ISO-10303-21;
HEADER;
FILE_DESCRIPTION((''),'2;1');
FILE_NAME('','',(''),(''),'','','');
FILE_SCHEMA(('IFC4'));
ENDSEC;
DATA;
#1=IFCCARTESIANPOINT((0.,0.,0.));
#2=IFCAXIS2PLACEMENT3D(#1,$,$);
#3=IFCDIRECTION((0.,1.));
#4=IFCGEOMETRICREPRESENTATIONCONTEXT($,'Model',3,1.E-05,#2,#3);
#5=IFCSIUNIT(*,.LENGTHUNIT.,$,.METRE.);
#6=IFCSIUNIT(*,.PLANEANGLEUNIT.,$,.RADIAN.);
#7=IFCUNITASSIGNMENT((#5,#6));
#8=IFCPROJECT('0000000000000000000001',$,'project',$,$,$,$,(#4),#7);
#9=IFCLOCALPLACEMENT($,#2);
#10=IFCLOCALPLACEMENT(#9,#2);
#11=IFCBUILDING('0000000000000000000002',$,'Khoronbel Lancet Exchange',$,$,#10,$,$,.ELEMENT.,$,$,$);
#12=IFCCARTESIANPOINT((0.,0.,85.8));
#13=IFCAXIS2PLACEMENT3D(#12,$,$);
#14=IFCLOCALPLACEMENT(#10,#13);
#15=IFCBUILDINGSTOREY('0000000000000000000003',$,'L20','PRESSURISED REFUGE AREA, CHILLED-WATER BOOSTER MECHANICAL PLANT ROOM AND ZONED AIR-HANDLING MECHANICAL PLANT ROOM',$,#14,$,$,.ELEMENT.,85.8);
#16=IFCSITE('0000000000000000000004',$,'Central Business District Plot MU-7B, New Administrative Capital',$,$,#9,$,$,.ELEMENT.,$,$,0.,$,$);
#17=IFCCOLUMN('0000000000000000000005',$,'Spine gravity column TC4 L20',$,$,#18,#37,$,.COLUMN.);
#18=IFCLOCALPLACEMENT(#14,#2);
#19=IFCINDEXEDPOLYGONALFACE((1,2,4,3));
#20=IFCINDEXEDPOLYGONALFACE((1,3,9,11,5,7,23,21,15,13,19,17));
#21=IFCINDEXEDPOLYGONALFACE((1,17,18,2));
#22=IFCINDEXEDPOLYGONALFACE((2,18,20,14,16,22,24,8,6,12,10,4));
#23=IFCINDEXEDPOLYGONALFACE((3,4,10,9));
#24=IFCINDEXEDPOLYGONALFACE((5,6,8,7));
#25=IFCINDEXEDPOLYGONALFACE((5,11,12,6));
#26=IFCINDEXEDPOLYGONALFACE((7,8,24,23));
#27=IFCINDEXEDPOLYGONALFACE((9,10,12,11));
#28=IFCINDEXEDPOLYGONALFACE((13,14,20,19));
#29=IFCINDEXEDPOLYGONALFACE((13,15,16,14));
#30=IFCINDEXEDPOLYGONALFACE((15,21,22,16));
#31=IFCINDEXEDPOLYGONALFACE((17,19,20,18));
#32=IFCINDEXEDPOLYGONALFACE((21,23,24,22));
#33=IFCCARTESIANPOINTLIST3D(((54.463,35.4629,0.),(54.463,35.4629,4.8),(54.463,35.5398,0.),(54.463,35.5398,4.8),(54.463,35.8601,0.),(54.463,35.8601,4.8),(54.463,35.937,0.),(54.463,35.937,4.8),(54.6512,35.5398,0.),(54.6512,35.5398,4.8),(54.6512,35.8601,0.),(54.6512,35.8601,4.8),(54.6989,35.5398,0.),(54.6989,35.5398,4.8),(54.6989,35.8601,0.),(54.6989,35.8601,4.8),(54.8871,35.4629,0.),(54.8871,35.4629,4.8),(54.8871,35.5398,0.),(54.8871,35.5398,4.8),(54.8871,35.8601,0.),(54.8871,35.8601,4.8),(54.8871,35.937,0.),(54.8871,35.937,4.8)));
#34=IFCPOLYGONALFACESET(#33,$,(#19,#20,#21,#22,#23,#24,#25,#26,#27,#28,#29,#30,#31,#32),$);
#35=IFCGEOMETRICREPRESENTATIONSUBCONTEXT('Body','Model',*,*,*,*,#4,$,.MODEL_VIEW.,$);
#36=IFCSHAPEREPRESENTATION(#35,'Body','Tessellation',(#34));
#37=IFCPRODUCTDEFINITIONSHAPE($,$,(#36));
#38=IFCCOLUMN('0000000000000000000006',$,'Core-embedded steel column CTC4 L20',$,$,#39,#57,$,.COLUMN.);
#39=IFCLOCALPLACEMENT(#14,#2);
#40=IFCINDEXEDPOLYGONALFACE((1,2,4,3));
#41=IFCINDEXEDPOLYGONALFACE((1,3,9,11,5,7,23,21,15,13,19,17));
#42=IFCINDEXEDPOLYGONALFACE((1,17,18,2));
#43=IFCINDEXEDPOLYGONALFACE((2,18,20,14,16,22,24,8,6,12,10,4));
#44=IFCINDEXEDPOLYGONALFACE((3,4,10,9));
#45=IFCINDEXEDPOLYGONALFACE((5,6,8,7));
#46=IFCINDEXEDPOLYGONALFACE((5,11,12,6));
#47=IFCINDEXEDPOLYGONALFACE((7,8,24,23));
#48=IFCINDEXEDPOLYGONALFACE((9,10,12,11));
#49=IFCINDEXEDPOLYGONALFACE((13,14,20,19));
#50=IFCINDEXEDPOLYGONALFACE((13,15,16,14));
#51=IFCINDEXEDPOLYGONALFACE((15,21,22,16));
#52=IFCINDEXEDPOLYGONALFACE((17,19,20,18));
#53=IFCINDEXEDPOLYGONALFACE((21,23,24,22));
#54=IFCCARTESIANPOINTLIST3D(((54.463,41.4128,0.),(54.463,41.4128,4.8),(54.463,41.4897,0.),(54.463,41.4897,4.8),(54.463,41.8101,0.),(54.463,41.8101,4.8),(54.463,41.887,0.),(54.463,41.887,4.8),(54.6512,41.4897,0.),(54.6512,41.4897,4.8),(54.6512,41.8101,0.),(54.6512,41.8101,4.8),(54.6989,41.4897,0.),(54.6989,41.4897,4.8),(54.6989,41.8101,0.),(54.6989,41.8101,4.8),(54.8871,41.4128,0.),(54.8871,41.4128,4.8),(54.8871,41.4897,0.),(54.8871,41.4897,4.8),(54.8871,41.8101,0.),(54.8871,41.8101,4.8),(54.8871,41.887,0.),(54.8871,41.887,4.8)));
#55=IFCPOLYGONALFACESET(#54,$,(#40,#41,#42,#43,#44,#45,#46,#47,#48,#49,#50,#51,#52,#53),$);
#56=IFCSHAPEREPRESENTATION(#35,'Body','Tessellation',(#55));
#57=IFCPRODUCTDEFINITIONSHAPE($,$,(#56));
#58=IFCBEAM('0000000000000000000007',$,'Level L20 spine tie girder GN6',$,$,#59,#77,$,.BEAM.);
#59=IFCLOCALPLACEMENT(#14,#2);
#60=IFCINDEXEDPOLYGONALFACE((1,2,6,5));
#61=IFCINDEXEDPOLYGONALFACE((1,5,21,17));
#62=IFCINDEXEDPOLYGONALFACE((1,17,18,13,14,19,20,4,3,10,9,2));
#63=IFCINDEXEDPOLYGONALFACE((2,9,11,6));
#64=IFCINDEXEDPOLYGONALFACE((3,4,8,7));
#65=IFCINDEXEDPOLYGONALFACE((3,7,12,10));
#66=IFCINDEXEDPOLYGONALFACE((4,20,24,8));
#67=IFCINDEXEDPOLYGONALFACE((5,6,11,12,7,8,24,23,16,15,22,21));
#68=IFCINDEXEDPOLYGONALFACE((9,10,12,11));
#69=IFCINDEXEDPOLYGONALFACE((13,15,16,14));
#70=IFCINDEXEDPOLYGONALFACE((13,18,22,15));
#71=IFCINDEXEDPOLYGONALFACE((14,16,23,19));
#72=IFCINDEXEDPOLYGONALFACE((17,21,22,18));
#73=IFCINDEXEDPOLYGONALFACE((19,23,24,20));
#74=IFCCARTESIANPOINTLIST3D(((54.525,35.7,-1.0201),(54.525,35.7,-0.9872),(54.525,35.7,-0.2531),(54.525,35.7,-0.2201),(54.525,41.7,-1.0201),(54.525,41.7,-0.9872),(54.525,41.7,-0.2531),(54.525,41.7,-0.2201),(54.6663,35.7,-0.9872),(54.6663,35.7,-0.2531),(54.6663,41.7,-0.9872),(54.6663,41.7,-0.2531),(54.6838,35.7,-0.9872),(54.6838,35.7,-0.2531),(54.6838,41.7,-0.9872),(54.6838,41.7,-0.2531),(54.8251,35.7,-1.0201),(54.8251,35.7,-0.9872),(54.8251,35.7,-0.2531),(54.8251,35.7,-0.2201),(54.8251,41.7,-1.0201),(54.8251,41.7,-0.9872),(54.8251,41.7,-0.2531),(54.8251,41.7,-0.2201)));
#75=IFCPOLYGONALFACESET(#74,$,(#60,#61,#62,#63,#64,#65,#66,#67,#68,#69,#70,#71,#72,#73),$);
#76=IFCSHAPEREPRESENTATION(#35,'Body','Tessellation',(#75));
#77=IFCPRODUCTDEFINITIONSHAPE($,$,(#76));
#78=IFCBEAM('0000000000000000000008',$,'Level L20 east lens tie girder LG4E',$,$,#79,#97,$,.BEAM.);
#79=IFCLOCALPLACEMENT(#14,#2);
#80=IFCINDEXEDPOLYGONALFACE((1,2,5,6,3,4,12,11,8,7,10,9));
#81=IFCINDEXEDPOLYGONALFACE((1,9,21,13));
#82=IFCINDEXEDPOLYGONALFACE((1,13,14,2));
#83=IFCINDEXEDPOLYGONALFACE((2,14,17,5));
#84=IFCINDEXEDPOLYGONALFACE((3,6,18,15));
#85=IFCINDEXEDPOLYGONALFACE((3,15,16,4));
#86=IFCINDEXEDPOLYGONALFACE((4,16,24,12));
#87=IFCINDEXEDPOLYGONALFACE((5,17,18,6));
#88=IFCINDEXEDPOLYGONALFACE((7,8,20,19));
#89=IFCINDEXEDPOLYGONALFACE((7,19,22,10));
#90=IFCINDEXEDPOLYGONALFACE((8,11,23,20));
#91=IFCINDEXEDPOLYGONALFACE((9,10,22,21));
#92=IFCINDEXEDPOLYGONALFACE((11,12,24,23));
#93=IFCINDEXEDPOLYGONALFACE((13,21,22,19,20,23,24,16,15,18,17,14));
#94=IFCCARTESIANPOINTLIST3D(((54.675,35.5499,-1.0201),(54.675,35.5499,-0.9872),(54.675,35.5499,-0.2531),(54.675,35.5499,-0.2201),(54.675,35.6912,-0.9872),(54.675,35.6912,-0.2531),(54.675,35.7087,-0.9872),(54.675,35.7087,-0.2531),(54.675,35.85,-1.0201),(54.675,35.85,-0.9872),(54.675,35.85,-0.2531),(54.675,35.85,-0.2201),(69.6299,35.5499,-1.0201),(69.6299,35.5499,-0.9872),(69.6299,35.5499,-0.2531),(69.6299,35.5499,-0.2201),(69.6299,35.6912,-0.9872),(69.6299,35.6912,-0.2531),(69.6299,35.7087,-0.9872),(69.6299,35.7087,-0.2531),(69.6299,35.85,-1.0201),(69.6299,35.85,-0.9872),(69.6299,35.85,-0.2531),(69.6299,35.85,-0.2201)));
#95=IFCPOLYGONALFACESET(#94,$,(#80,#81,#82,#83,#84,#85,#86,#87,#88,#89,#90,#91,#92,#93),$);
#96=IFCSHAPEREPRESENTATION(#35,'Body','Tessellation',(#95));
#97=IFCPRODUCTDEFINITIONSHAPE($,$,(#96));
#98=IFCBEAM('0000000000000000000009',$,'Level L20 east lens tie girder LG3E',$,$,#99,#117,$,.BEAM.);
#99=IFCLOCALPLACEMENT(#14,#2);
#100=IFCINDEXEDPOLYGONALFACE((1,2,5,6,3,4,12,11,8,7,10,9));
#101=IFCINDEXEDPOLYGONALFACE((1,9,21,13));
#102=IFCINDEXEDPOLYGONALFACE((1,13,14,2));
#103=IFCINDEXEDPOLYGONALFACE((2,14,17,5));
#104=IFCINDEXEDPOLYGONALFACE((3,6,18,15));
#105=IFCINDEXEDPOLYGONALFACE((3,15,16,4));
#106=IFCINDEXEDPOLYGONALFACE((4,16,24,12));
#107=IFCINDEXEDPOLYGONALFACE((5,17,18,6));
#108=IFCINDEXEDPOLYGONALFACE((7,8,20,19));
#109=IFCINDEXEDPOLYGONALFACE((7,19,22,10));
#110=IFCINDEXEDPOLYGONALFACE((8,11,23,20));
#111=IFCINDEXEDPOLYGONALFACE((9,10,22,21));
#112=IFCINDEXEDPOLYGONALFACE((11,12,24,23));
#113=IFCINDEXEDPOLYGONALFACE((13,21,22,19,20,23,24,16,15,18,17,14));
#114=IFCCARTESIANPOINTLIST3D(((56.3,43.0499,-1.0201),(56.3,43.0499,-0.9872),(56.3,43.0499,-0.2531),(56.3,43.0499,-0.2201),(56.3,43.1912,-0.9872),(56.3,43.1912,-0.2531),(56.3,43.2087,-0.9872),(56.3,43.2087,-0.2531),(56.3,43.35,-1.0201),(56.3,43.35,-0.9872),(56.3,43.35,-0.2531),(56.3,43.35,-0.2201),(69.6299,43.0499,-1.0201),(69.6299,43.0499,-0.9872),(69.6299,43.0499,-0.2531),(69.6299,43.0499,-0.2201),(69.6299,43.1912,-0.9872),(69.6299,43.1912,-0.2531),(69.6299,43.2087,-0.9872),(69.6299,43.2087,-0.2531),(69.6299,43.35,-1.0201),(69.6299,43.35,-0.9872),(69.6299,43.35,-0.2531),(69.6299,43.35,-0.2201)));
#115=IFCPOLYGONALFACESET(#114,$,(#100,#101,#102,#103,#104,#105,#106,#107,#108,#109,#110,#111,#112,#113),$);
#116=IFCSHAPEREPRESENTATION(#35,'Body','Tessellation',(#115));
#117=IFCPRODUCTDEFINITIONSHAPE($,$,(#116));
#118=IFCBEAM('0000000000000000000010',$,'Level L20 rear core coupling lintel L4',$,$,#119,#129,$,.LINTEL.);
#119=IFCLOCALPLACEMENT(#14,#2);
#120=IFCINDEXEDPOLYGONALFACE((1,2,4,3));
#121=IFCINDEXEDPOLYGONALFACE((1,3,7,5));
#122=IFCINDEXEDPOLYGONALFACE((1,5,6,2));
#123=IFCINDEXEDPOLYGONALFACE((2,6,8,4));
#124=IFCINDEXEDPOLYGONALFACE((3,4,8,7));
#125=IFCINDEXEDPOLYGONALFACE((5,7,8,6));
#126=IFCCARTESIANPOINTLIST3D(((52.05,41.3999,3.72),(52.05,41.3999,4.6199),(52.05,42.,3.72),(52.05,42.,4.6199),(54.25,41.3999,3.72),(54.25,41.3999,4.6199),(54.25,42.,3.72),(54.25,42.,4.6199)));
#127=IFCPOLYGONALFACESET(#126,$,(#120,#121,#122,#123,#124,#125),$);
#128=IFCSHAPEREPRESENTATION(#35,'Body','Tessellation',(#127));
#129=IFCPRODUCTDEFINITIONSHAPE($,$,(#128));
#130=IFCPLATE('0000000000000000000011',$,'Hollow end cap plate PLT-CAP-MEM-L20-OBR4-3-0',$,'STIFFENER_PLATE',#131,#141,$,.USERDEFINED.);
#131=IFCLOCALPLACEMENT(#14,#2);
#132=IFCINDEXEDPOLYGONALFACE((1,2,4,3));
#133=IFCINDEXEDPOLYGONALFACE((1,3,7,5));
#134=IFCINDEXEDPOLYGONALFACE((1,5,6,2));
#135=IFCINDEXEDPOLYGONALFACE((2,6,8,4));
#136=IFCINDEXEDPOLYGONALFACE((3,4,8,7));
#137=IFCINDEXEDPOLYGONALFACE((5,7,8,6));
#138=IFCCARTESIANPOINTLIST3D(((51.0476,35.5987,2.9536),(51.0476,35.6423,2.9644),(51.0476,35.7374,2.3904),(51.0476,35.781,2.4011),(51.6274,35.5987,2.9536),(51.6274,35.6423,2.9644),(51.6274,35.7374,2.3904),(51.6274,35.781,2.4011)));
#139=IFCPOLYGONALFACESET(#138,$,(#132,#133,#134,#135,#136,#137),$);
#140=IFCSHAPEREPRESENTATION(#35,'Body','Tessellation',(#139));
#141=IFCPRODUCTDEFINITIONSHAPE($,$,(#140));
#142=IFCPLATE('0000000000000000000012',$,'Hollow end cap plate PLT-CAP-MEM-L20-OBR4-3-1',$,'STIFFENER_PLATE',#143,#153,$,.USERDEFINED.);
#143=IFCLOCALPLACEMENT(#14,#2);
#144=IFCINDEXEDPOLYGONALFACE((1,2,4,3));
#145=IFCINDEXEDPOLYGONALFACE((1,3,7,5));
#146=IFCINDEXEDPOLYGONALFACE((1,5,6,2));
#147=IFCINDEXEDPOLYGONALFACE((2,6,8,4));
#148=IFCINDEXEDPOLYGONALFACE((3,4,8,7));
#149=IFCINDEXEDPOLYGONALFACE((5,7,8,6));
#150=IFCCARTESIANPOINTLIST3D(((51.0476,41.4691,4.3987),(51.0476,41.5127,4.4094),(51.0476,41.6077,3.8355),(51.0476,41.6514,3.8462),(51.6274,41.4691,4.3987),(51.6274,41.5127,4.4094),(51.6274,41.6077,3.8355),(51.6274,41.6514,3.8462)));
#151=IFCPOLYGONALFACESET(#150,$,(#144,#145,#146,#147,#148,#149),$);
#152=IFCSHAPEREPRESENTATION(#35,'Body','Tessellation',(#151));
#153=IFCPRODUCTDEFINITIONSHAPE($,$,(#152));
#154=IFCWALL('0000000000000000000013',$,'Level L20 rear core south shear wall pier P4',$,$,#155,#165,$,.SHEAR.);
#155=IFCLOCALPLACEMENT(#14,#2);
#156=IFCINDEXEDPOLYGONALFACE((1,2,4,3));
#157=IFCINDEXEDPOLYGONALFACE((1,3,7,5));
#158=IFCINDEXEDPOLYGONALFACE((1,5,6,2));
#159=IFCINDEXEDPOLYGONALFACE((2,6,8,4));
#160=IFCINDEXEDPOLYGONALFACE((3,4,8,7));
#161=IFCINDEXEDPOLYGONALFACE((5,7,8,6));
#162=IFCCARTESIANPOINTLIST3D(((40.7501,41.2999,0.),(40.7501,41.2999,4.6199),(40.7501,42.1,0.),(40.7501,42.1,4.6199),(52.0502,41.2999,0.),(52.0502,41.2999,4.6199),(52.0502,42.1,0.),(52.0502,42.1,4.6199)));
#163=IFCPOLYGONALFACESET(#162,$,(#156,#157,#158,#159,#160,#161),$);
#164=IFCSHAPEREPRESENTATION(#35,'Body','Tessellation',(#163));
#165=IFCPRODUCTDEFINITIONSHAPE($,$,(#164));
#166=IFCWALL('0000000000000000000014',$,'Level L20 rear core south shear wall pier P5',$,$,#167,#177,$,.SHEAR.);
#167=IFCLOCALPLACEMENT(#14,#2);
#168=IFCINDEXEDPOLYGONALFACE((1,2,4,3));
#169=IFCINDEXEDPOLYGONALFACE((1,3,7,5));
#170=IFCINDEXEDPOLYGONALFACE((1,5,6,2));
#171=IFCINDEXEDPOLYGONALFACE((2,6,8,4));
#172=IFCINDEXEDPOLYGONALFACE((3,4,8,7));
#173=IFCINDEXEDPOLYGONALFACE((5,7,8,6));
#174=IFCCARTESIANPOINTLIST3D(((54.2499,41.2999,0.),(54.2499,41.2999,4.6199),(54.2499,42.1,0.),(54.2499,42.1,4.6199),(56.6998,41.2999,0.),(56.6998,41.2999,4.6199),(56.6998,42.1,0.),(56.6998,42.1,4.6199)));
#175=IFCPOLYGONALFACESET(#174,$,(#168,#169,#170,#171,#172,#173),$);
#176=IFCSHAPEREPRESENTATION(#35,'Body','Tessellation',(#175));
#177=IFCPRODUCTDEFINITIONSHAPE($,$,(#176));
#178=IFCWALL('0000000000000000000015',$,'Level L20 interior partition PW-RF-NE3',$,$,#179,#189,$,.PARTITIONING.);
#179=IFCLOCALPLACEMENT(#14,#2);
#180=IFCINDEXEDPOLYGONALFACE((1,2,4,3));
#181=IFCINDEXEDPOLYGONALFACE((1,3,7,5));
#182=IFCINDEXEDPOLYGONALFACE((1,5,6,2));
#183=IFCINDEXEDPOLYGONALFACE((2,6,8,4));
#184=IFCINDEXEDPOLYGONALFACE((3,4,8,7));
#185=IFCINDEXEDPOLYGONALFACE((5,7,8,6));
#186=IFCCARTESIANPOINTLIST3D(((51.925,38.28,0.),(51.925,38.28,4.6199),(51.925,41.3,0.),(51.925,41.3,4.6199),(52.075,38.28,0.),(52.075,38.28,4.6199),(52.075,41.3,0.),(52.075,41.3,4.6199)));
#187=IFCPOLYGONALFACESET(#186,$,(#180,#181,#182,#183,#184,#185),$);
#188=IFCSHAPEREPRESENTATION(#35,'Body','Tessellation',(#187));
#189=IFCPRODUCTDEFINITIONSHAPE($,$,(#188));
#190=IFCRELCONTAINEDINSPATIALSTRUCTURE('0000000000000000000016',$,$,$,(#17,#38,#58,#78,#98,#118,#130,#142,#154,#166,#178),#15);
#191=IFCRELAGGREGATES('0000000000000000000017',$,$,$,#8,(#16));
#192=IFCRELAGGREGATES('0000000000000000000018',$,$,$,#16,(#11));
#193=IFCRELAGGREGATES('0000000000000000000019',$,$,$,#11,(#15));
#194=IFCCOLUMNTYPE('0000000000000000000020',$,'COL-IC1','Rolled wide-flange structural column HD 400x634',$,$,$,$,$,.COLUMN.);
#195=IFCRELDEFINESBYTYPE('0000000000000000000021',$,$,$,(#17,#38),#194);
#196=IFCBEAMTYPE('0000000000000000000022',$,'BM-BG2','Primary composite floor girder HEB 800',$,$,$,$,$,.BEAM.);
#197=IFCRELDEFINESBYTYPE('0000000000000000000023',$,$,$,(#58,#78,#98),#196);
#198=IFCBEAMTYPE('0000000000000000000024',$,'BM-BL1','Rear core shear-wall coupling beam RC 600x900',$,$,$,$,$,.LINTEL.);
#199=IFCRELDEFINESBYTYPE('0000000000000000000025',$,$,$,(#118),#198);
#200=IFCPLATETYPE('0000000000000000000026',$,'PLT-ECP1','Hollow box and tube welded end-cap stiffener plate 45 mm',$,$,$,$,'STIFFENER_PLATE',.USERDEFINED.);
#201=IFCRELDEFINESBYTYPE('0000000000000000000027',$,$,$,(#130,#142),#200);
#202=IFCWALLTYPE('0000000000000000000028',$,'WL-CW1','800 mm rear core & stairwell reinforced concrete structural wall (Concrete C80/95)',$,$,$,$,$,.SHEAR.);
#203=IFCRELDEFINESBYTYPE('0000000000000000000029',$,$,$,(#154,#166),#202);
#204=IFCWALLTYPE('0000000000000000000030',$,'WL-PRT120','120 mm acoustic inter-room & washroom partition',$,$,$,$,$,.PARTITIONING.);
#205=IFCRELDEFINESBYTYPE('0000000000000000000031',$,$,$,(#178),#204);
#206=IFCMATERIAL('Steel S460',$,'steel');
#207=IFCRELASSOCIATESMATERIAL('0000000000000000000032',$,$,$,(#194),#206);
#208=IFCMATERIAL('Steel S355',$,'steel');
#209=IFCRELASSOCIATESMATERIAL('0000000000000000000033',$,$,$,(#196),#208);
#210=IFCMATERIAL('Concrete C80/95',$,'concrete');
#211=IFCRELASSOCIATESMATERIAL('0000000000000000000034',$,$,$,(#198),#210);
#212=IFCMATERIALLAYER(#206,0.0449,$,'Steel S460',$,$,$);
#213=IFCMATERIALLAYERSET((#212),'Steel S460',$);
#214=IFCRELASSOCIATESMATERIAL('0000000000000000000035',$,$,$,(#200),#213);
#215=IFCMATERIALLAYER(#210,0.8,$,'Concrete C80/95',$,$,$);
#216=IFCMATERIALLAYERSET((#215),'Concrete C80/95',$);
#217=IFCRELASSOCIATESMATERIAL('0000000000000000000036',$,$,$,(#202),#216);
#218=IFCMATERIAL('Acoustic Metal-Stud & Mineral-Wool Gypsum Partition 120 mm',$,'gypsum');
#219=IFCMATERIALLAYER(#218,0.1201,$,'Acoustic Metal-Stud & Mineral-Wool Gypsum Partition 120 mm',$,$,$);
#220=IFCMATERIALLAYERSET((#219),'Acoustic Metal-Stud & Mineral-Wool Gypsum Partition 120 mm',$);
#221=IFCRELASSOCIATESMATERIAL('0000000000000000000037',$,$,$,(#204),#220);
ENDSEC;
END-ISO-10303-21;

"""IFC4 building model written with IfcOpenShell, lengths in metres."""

from ifc_helpers import new_model, si_unit, direction, frame, frame_2d, origin, origin_2d, place, context, subcontext, project, spatial, polyline, rectangle, i_section, outline, extrude, material, layer, layer_set, material_profile, profile_set, type_object, element, save


model = new_model("IFC4")

# Units and contexts
model_context = context("Model", 3, precision=1e-05, world=origin(), true_north=direction((0.0, 1.0)))
body_context = subcontext(model_context, "Body", "Model", "MODEL_VIEW")
ifc_project = project(units=[si_unit("LENGTHUNIT", "METRE"), si_unit("PLANEANGLEUNIT", "RADIAN")], contexts=[model_context])

# Site, building, storey
site_placement = place(None, origin())
site = spatial("IfcSite", under=ifc_project, at=site_placement, Name="Central Business District Plot MU-7B, New Administrative Capital", CompositionType="ELEMENT", RefElevation=0.0)
building_placement = place(site_placement, origin())
building = spatial("IfcBuilding", under=site, at=building_placement, Name="Khoronbel Lancet Exchange", CompositionType="ELEMENT")
storey_placement = place(building_placement, frame((0.0, 0.0, 85.8)))
storey = spatial("IfcBuildingStorey", under=building, at=storey_placement, Name="L20", Description="PRESSURISED REFUGE AREA, CHILLED-WATER BOOSTER MECHANICAL PLANT ROOM AND ZONED AIR-HANDLING MECHANICAL PLANT ROOM", CompositionType="ELEMENT", Elevation=85.8)

# Columns
ifc_material_1 = material(Name="Steel S460", Category="steel")
ifc_material_profile_1 = material_profile(ifc_material_1, i_section(OverallWidth=0.4241, OverallDepth=0.4741, WebThickness=0.0476, FlangeThickness=0.0769, at=origin_2d()), Name="HD 400x634")
ifc_profile_set_1 = profile_set([ifc_material_profile_1], Name="Steel S460")
column_type = type_object("IfcColumnType", Name="COL-IC1", Description="Rolled wide-flange structural column HD 400x634", PredefinedType="COLUMN", material=ifc_profile_set_1)
for number, where, z_axis, x_axis, name in (
    (1, (54.675, 35.7, 0.0), (0.0, 0.0, 1.0), (1.0, 0.0, 0.0), "Spine gravity column TC4 L20"),
    (2, (54.675, 41.6499, 0.0), (0.0, 0.0, 1.0), (1.0, 0.0, 0.0), "Core-embedded steel column CTC4 L20"),
):
    element("IfcColumn", number, at=place(storey_placement, frame(where, z_axis=z_axis, x_axis=x_axis)), inside=storey, type_object=column_type, Name=name, PredefinedType="COLUMN", context=body_context, shape_type="SweptSolid", body=[
        extrude(i_section(OverallWidth=0.4241, OverallDepth=0.4741, WebThickness=0.0476, FlangeThickness=0.0769, at=origin_2d()), origin(), (0.0, 0.0, 1.0), 4.8),
    ])

# Beams
ifc_material_2 = material(Name="Steel S355", Category="steel")
ifc_material_profile_2 = material_profile(ifc_material_2, i_section(OverallWidth=0.3, OverallDepth=0.8, WebThickness=0.0176, FlangeThickness=0.033, at=origin_2d()), Name="HEB 800")
ifc_profile_set_2 = profile_set([ifc_material_profile_2], Name="Steel S355")
beam_type_1 = type_object("IfcBeamType", Name="BM-BG2", Description="Primary composite floor girder HEB 800", PredefinedType="BEAM", material=ifc_profile_set_2)
beam_1_placement = place(storey_placement, frame((54.675, 35.7, -0.6201), z_axis=(0.0, 1.0, 0.0), x_axis=(-1.0, 0.0, 0.0)))
element("IfcBeam", 3, at=beam_1_placement, inside=storey, type_object=beam_type_1, Name="Level L20 spine tie girder GN6", PredefinedType="BEAM", context=body_context, shape_type="SweptSolid", body=[
    extrude(i_section(OverallWidth=0.3, OverallDepth=0.8, WebThickness=0.0176, FlangeThickness=0.033, at=origin_2d()), origin(), (0.0, 0.0, 1.0), 6.0),
])
beam_2_placement = place(storey_placement, frame((54.675, 35.7, -0.6201), z_axis=(1.0, 0.0, 0.0), x_axis=(0.0, 1.0, 0.0)))
element("IfcBeam", 4, at=beam_2_placement, inside=storey, type_object=beam_type_1, Name="Level L20 east lens tie girder LG4E", PredefinedType="BEAM", context=body_context, shape_type="SweptSolid", body=[
    extrude(i_section(OverallWidth=0.3, OverallDepth=0.8, WebThickness=0.0176, FlangeThickness=0.033, at=origin_2d()), origin(), (0.0, 0.0, 1.0), 14.9548),
])
beam_3_placement = place(storey_placement, frame((56.3, 43.2, -0.6201), z_axis=(1.0, 0.0, 0.0), x_axis=(0.0, 1.0, 0.0)))
element("IfcBeam", 5, at=beam_3_placement, inside=storey, type_object=beam_type_1, Name="Level L20 east lens tie girder LG3E", PredefinedType="BEAM", context=body_context, shape_type="SweptSolid", body=[
    extrude(i_section(OverallWidth=0.3, OverallDepth=0.8, WebThickness=0.0176, FlangeThickness=0.033, at=origin_2d()), origin(), (0.0, 0.0, 1.0), 13.3298),
])
ifc_material_3 = material(Name="Concrete C80/95", Category="concrete")
ifc_material_profile_3 = material_profile(ifc_material_3, rectangle(XDim=0.6001, YDim=0.8999, at=origin_2d()), Name="RC 600x900")
ifc_profile_set_3 = profile_set([ifc_material_profile_3], Name="Concrete C80/95")
beam_type_2 = type_object("IfcBeamType", Name="BM-BL1", Description="Rear core shear-wall coupling beam RC 600x900", PredefinedType="LINTEL", material=ifc_profile_set_3)
beam_4_placement = place(storey_placement, frame((52.05, 41.7, 4.1699), z_axis=(1.0, 0.0, 0.0), x_axis=(0.0, 1.0, 0.0)))
element("IfcBeam", 6, at=beam_4_placement, inside=storey, type_object=beam_type_2, Name="Level L20 rear core coupling lintel L4", PredefinedType="LINTEL", context=body_context, shape_type="SweptSolid", body=[
    extrude(rectangle(XDim=0.6001, YDim=0.8999, at=origin_2d()), origin(), (0.0, 0.0, 1.0), 2.2),
])

# Plates
ifc_layer_1 = layer(ifc_material_1, 0.0449, Name="Steel S460")
ifc_layer_set_1 = layer_set([ifc_layer_1], Name="Steel S460")
plate_type = type_object("IfcPlateType", Name="PLT-ECP1", Description="Hollow box and tube welded end-cap stiffener plate 45 mm", ElementType="STIFFENER_PLATE", PredefinedType="USERDEFINED", material=ifc_layer_set_1)
for number, where, z_axis, x_axis, name in (
    (7, (51.6274, 35.781, 2.4011), (0.0, 0.971003, 0.239068), (-1.0, 0.0, 0.0), "Hollow end cap plate PLT-CAP-MEM-L20-OBR4-3-0"),
    (8, (51.6274, 41.6514, 3.8462), (0.0, 0.971003, 0.239068), (-1.0, 0.0, 0.0), "Hollow end cap plate PLT-CAP-MEM-L20-OBR4-3-1"),
):
    element("IfcPlate", number, at=place(storey_placement, frame(where, z_axis=z_axis, x_axis=x_axis)), inside=storey, type_object=plate_type, Name=name, ObjectType="STIFFENER_PLATE", PredefinedType="USERDEFINED", context=body_context, shape_type="SweptSolid", body=[
        extrude(outline(polyline([(0.0, 0.0), (0.5798, 0.0), (0.5798, 0.5801), (0.0, 0.5801), (0.0, 0.0)])), origin(), (0.0, 0.0, -1.0), 0.0449),
    ])

# Walls
ifc_layer_2 = layer(ifc_material_3, 0.8, Name="Concrete C80/95")
ifc_layer_set_2 = layer_set([ifc_layer_2], Name="Concrete C80/95")
wall_type_1 = type_object("IfcWallType", Name="WL-CW1", Description="800 mm rear core & stairwell reinforced concrete structural wall (Concrete C80/95)", PredefinedType="SHEAR", material=ifc_layer_set_2)
wall_1_placement = place(storey_placement, frame((52.05, 41.7, 0.0), z_axis=(0.0, 0.0, 1.0), x_axis=(-1.0, 0.0, 0.0)))
element("IfcWall", 9, at=wall_1_placement, inside=storey, type_object=wall_type_1, Name="Level L20 rear core south shear wall pier P4", PredefinedType="SHEAR", context=body_context, shape_type="SweptSolid", body=[
    extrude(rectangle(XDim=11.3, YDim=0.8, at=frame_2d((5.6499, 0.0))), origin(), (0.0, 0.0, 1.0), 4.6199),
])
wall_2_placement = place(storey_placement, frame((56.7, 41.7, 0.0), z_axis=(0.0, 0.0, 1.0), x_axis=(-1.0, 0.0, 0.0)))
element("IfcWall", 10, at=wall_2_placement, inside=storey, type_object=wall_type_1, Name="Level L20 rear core south shear wall pier P5", PredefinedType="SHEAR", context=body_context, shape_type="SweptSolid", body=[
    extrude(rectangle(XDim=2.45, YDim=0.8, at=frame_2d((1.2251, 0.0))), origin(), (0.0, 0.0, 1.0), 4.6199),
])
ifc_material_4 = material(Name="Acoustic Metal-Stud & Mineral-Wool Gypsum Partition 120 mm", Category="gypsum")
ifc_layer_3 = layer(ifc_material_4, 0.1201, Name="Acoustic Metal-Stud & Mineral-Wool Gypsum Partition 120 mm")
ifc_layer_set_3 = layer_set([ifc_layer_3], Name="Acoustic Metal-Stud & Mineral-Wool Gypsum Partition 120 mm")
wall_type_2 = type_object("IfcWallType", Name="WL-PRT120", Description="120 mm acoustic inter-room & washroom partition", PredefinedType="PARTITIONING", material=ifc_layer_set_3)
wall_3_placement = place(storey_placement, frame((52.0, 38.28, 0.0), z_axis=(0.0, 0.0, 1.0), x_axis=(0.0, 1.0, 0.0)))
element("IfcWall", 11, at=wall_3_placement, inside=storey, type_object=wall_type_2, Name="Level L20 interior partition PW-RF-NE3", PredefinedType="PARTITIONING", context=body_context, shape_type="SweptSolid", body=[
    extrude(rectangle(XDim=3.02, YDim=0.1499, at=frame_2d((1.51, 0.0))), origin(), (0.0, 0.0, 1.0), 4.6199),
])

save(model, "model.ifc")
